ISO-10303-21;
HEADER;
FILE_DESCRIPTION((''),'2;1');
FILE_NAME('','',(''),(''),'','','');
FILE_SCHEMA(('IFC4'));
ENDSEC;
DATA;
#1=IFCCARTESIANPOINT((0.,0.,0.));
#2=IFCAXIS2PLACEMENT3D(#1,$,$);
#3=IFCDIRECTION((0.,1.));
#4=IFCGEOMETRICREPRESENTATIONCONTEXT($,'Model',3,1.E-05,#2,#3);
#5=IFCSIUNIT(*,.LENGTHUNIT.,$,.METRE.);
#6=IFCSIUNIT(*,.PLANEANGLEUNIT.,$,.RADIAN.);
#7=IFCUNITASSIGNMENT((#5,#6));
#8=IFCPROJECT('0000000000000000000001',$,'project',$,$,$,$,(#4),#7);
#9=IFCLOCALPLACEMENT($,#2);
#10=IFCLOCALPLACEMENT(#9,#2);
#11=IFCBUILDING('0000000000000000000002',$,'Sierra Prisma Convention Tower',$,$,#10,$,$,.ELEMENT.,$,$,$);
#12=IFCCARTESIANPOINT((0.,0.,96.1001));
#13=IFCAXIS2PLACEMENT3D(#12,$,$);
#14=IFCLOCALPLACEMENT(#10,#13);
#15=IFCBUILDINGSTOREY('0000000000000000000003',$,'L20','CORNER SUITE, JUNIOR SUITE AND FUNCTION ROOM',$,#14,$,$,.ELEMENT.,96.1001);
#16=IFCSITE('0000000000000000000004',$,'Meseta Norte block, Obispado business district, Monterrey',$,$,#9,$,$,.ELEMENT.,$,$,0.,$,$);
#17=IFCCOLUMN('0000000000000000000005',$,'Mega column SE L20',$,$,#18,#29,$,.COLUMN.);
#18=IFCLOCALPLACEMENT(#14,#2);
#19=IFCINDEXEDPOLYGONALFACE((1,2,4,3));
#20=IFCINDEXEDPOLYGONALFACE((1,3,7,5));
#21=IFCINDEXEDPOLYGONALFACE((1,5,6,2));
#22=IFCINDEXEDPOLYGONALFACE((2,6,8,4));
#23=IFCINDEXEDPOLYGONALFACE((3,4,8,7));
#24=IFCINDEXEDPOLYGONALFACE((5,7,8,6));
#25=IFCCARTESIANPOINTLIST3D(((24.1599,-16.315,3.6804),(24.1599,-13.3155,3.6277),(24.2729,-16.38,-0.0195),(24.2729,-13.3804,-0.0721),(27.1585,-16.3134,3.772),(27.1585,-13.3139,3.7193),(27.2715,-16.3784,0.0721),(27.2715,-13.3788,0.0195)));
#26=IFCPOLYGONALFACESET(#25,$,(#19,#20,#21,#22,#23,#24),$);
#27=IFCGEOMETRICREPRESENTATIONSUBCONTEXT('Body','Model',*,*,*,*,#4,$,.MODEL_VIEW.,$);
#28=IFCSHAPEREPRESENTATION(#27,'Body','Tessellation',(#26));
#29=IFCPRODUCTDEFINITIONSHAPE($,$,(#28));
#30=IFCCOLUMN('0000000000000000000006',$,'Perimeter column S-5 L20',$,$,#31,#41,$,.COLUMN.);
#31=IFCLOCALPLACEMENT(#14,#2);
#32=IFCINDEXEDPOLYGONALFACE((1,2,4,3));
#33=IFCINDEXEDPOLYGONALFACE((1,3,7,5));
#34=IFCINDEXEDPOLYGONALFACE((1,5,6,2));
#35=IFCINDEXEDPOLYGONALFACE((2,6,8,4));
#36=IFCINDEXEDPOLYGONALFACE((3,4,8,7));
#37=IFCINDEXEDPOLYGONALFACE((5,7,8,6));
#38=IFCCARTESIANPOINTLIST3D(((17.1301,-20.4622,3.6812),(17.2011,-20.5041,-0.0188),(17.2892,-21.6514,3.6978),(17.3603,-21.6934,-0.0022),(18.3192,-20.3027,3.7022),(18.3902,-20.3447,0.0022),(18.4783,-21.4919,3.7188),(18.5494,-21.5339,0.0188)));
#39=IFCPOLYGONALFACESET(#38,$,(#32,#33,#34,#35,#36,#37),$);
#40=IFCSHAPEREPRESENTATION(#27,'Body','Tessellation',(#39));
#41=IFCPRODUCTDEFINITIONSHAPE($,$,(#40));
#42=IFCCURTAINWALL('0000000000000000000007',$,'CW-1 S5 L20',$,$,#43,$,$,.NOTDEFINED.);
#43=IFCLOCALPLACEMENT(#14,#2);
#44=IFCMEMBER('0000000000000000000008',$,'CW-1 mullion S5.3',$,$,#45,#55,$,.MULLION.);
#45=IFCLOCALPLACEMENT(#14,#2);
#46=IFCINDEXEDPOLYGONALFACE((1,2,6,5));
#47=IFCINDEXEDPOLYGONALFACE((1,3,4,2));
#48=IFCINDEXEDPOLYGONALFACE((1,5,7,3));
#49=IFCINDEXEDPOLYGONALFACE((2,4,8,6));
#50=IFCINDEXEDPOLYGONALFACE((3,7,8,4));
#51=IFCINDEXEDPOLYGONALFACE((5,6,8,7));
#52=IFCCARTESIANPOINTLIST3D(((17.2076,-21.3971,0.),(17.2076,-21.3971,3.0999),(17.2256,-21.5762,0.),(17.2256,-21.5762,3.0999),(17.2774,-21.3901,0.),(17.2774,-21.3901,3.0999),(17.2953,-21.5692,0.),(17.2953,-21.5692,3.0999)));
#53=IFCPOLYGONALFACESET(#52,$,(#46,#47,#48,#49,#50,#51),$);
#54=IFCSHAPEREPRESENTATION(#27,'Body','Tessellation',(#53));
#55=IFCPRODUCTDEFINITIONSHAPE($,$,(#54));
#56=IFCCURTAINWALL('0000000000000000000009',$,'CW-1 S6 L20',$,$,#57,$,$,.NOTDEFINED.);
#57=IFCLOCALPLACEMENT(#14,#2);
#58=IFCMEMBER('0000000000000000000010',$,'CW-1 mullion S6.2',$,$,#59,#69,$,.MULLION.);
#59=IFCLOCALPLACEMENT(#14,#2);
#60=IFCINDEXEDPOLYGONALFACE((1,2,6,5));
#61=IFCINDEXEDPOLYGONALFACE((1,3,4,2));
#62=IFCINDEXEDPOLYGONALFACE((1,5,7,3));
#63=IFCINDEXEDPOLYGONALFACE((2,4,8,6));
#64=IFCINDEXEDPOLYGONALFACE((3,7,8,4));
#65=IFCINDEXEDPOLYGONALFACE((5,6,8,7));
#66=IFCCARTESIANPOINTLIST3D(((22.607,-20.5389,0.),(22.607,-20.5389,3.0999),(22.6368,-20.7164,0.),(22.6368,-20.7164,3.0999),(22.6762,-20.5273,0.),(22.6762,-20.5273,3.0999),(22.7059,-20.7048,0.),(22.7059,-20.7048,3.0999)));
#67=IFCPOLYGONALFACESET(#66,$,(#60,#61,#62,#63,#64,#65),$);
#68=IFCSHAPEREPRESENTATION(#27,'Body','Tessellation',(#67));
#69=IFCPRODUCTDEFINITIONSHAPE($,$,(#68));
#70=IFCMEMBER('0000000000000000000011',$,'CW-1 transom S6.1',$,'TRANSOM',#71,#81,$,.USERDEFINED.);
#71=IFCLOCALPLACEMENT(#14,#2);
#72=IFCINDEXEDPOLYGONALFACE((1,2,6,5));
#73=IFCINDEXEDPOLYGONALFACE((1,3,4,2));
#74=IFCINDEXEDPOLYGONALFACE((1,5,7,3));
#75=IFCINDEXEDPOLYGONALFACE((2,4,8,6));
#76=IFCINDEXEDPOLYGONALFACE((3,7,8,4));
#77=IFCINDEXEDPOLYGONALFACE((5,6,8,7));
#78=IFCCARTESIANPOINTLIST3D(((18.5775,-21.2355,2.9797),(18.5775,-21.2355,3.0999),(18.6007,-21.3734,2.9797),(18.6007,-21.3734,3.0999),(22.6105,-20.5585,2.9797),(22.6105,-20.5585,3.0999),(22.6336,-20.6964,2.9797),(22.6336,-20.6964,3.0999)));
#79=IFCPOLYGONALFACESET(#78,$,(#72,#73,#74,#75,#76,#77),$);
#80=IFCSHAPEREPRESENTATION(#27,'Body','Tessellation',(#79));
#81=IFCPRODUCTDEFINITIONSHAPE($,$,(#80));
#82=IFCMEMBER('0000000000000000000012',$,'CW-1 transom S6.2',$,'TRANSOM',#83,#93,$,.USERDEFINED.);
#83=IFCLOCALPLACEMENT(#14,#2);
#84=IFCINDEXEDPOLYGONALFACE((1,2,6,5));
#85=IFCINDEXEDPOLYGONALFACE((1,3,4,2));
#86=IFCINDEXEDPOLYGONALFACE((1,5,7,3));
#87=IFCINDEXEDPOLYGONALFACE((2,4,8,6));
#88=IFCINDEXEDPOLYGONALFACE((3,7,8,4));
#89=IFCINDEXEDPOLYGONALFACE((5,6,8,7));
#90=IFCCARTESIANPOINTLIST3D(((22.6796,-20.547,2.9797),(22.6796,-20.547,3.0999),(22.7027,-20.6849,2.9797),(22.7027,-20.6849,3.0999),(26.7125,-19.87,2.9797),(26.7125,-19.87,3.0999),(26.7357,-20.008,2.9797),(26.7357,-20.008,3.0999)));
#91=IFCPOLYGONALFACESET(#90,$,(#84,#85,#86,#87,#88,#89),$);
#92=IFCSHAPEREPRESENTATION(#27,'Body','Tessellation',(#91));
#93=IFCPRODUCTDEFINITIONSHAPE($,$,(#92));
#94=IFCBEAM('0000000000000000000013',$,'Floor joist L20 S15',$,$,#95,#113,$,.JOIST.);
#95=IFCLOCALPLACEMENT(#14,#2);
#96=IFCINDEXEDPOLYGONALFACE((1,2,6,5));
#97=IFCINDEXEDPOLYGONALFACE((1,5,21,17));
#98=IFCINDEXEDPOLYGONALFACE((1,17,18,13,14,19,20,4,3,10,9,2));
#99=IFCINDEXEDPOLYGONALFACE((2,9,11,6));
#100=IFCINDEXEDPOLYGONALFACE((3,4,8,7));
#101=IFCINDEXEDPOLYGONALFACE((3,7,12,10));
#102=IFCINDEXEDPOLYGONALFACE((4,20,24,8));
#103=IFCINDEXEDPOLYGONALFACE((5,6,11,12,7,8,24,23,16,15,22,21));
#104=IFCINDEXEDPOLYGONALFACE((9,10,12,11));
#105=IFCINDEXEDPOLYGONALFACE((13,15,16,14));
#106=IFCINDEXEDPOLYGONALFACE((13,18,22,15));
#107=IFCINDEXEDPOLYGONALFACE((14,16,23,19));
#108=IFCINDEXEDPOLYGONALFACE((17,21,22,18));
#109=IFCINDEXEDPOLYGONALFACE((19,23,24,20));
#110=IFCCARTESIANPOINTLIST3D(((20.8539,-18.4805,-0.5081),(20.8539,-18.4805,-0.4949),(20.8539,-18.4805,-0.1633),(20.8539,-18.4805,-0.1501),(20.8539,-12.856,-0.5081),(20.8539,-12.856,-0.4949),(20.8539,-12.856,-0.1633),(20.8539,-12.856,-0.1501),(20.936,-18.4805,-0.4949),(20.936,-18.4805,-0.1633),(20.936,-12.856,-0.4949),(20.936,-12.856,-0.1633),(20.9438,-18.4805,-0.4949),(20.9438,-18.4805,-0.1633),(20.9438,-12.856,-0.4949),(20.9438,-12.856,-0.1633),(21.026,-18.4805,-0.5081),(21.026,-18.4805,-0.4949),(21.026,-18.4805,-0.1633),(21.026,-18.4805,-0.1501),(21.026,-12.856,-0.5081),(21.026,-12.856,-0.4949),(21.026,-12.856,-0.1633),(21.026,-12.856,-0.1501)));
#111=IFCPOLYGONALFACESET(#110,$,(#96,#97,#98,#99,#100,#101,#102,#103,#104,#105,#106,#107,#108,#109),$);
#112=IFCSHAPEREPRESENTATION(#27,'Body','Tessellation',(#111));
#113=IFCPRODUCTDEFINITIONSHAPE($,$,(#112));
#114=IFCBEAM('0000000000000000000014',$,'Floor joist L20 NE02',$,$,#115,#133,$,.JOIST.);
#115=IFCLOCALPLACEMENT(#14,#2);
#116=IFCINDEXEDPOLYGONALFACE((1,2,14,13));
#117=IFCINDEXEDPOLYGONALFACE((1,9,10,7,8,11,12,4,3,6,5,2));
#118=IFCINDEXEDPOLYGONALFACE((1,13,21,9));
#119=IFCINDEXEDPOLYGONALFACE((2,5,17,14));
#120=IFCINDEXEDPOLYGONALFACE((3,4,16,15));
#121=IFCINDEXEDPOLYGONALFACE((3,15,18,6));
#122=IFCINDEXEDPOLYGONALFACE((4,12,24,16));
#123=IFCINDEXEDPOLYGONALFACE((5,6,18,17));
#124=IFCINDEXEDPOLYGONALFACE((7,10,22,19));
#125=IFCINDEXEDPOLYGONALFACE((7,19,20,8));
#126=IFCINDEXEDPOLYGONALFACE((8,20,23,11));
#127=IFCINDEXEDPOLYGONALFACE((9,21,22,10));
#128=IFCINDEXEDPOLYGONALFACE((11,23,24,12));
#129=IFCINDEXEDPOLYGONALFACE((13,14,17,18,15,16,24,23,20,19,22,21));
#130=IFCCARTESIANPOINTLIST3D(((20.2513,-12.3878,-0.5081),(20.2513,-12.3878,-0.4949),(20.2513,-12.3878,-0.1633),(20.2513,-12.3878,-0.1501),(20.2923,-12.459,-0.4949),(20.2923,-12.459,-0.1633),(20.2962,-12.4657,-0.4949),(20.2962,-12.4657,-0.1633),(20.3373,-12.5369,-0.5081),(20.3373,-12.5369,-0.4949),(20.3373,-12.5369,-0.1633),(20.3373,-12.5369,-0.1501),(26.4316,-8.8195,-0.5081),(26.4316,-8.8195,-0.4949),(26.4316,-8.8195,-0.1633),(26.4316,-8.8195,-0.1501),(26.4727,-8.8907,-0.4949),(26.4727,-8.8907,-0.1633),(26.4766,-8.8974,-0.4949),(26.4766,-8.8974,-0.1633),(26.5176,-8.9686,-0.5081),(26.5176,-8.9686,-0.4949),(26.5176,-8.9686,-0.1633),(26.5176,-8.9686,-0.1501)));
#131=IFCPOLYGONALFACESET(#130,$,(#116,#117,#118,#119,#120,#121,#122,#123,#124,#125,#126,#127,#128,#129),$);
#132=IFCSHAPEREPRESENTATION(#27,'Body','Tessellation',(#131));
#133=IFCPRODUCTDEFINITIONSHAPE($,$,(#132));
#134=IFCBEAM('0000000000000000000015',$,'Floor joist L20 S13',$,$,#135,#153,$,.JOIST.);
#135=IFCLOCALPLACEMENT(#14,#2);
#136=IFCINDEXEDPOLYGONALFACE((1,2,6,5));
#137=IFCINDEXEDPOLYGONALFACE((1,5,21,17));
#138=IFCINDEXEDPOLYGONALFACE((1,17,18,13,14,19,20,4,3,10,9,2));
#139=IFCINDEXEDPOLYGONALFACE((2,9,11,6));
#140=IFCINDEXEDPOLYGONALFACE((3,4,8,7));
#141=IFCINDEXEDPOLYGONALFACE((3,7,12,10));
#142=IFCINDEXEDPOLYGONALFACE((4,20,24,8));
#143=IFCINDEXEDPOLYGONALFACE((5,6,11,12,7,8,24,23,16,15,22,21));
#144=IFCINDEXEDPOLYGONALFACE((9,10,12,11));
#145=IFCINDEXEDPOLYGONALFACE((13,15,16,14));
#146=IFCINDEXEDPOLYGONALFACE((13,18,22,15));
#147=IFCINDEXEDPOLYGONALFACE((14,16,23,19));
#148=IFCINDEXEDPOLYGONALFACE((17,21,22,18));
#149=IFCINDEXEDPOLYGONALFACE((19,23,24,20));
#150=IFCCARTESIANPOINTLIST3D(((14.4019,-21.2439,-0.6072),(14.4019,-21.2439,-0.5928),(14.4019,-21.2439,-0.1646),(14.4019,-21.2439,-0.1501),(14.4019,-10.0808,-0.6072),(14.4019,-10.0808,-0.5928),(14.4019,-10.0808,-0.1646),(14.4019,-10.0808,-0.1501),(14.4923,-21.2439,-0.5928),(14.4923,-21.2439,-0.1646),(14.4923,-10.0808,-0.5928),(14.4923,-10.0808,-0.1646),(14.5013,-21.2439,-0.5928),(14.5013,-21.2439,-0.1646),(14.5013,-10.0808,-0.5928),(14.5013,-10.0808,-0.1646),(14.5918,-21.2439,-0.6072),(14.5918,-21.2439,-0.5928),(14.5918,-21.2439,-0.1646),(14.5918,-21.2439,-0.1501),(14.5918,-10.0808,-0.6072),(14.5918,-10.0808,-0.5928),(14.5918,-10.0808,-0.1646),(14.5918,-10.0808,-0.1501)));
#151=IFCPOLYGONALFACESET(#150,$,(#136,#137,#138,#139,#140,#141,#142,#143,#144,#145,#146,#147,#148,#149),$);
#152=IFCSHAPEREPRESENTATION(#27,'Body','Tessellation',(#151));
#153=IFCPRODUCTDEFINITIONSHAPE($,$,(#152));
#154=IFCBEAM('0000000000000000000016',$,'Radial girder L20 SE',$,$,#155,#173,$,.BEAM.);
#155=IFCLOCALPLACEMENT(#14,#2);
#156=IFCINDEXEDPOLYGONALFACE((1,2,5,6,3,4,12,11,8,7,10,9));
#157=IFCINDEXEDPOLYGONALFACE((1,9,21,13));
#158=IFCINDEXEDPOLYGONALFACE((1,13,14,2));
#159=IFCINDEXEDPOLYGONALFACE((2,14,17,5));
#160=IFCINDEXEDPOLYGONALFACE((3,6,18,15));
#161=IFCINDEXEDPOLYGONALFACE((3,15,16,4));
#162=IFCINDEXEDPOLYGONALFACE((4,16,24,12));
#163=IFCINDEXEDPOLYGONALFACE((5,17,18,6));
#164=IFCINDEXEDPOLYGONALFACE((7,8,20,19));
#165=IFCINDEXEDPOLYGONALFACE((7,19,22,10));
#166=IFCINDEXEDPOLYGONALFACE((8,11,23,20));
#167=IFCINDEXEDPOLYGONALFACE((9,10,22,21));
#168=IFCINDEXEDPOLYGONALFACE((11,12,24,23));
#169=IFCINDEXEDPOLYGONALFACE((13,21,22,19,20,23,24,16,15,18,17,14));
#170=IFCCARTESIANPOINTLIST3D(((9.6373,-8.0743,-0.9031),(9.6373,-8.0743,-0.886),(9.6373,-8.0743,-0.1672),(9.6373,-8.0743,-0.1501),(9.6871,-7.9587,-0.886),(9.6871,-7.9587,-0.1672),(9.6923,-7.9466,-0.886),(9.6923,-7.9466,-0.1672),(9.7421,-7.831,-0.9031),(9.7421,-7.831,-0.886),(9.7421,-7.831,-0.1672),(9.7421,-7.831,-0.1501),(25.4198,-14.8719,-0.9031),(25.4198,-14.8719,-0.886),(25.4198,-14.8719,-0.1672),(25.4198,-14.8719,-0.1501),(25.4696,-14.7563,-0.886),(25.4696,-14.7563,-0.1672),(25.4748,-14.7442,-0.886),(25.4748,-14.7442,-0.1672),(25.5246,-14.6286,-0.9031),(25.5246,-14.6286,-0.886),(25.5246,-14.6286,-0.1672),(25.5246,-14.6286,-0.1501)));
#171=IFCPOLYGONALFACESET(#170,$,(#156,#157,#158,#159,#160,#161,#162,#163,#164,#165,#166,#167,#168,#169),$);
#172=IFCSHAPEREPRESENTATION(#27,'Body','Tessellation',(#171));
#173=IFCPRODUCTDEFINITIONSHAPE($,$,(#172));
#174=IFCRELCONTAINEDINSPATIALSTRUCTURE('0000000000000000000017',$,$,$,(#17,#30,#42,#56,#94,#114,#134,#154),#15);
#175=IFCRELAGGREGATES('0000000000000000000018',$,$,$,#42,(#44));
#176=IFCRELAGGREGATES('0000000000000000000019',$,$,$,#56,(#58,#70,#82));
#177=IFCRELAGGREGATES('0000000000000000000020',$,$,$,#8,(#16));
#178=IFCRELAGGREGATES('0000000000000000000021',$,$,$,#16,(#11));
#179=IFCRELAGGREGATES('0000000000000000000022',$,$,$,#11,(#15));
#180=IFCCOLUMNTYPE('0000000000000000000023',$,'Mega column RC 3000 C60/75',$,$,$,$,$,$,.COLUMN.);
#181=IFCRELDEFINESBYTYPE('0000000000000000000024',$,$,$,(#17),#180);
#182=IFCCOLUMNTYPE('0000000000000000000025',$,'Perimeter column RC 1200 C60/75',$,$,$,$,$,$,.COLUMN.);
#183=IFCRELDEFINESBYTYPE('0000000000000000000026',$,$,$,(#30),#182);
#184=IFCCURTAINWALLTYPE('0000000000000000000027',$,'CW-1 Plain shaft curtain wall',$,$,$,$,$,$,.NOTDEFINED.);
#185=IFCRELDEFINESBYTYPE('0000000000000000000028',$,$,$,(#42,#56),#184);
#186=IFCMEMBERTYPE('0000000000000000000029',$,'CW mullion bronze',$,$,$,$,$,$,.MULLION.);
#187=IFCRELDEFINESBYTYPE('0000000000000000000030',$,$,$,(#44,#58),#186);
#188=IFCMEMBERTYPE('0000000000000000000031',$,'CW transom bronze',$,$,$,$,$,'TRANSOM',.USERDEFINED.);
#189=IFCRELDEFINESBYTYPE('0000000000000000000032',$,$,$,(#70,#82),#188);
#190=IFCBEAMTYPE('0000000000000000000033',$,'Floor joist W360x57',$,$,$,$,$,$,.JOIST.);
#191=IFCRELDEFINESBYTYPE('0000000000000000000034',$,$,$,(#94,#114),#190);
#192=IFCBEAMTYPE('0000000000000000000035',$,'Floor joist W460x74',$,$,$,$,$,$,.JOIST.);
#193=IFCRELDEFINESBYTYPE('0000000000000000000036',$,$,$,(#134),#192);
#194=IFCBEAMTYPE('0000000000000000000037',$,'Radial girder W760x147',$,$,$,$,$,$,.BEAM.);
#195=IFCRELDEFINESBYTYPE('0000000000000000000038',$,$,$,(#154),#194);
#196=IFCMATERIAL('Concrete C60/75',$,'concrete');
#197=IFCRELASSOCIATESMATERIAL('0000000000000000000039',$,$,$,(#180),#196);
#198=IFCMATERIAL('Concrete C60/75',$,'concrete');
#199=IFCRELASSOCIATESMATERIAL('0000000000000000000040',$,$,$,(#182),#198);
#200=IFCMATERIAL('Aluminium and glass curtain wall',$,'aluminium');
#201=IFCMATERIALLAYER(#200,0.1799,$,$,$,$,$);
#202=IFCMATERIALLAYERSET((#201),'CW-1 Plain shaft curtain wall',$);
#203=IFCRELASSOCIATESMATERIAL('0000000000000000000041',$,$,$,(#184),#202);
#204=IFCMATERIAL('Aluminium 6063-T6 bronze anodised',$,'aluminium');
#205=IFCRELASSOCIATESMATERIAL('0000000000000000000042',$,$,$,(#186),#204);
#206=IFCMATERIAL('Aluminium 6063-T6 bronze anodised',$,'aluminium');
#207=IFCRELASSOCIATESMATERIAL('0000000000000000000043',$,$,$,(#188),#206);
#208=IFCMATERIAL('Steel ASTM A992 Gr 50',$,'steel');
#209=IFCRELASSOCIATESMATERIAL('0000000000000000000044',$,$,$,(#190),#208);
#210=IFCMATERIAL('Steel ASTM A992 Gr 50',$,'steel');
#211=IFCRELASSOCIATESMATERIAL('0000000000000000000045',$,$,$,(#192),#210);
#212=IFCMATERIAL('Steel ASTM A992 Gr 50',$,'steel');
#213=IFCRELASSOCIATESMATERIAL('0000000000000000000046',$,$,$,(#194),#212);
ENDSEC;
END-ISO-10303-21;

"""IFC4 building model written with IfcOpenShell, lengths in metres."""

from ifc_helpers import new_model, si_unit, direction, frame, origin, origin_2d, place, context, subcontext, project, spatial, rectangle, i_section, extrude, material, layer, layer_set, material_profile, profile_set, type_object, element, aggregate, save


model = new_model("IFC4")

# Units and contexts
model_context = context("Model", 3, precision=1e-05, world=origin(), true_north=direction((0.0, 1.0)))
body_context = subcontext(model_context, "Body", "Model", "MODEL_VIEW")
ifc_project = project(units=[si_unit("LENGTHUNIT", "METRE"), si_unit("PLANEANGLEUNIT", "RADIAN")], contexts=[model_context])

# Site, building, storey
site_placement = place(None, origin())
site = spatial("IfcSite", under=ifc_project, at=site_placement, Name="Meseta Norte block, Obispado business district, Monterrey", CompositionType="ELEMENT", RefElevation=0.0)
building_placement = place(site_placement, origin())
building = spatial("IfcBuilding", under=site, at=building_placement, Name="Sierra Prisma Convention Tower", CompositionType="ELEMENT")
storey_placement = place(building_placement, frame((0.0, 0.0, 96.1001)))
storey = spatial("IfcBuildingStorey", under=building, at=storey_placement, Name="L20", Description="CORNER SUITE, JUNIOR SUITE AND FUNCTION ROOM", CompositionType="ELEMENT", Elevation=96.1001)

# Columns
ifc_material_1 = material(Name="Concrete C60/75", Category="concrete")
ifc_material_profile_1 = material_profile(ifc_material_1, rectangle(XDim=3.0, YDim=3.0, at=origin_2d()), Name="Mega column RC 3000 C60/75")
ifc_profile_set_1 = profile_set([ifc_material_profile_1], Name="Concrete C60/75")
column_type_1 = type_object("IfcColumnType", Name="Mega column RC 3000 C60/75", PredefinedType="COLUMN", material=ifc_profile_set_1)
column_1_placement = place(storey_placement, frame((25.7722, -14.8794, 0.0), z_axis=(-0.030532, 0.017541, 0.99938), x_axis=(0.999534, 0.000536, 0.030527)))
element("IfcColumn", 1, at=column_1_placement, inside=storey, type_object=column_type_1, Name="Mega column SE L20", PredefinedType="COLUMN", context=body_context, shape_type="SweptSolid", body=[
    extrude(rectangle(XDim=3.0, YDim=3.0, at=origin_2d()), origin(), (0.0, 0.0, 1.0), 3.7021),
])
ifc_material_2 = material(Name="Concrete C60/75", Category="concrete")
ifc_material_profile_2 = material_profile(ifc_material_2, rectangle(XDim=1.2, YDim=1.2, at=origin_2d()), Name="Perimeter column RC 1200 C60/75")
ifc_profile_set_2 = profile_set([ifc_material_profile_2], Name="Concrete C60/75")
column_type_2 = type_object("IfcColumnType", Name="Perimeter column RC 1200 C60/75", PredefinedType="COLUMN", material=ifc_profile_set_2)
column_2_placement = place(storey_placement, frame((17.8752, -21.019, 0.0), z_axis=(-0.019197, 0.011347, 0.999751), x_axis=(0.990978, 0.132874, 0.01752)))
element("IfcColumn", 2, at=column_2_placement, inside=storey, type_object=column_type_2, Name="Perimeter column S-5 L20", PredefinedType="COLUMN", context=body_context, shape_type="SweptSolid", body=[
    extrude(rectangle(XDim=1.2, YDim=1.2, at=origin_2d()), origin(), (0.0, 0.0, 1.0), 3.7009),
])

# Curtain wall, member
ifc_material_3 = material(Name="Aluminium and glass curtain wall", Category="aluminium")
ifc_layer_1 = layer(ifc_material_3, 0.1799)
ifc_layer_set_1 = layer_set([ifc_layer_1], Name="CW-1 Plain shaft curtain wall")
curtain_wall_type = type_object("IfcCurtainWallType", Name="CW-1 Plain shaft curtain wall", PredefinedType="NOTDEFINED", material=ifc_layer_set_1)
curtain_wall_1_placement = place(storey_placement, origin())
curtain_wall_1 = element("IfcCurtainWall", 3, at=curtain_wall_1_placement, inside=storey, type_object=curtain_wall_type, Name="CW-1 S5 L20", PredefinedType="NOTDEFINED")
ifc_material_4 = material(Name="Aluminium 6063-T6 bronze anodised", Category="aluminium")
ifc_material_profile_3 = material_profile(ifc_material_4, rectangle(XDim=0.1799, YDim=0.0701, at=origin_2d()), Name="ALU MULLION 70x180")
ifc_profile_set_3 = profile_set([ifc_material_profile_3], Name="Aluminium 6063-T6 bronze anodised")
member_type_1 = type_object("IfcMemberType", Name="CW mullion bronze", PredefinedType="MULLION", material=ifc_profile_set_3)
member_1_placement = place(storey_placement, frame((17.2515, -21.4832, 0.0), z_axis=(0.0, 0.0, 1.0), x_axis=(-0.099629, 0.995025, 0.0)))
member_1 = element("IfcMember", 4, at=member_1_placement, type_object=member_type_1, Name="CW-1 mullion S5.3", PredefinedType="MULLION", context=body_context, shape_type="SweptSolid", body=[
    extrude(rectangle(XDim=0.1799, YDim=0.0701, at=origin_2d()), origin(), (0.0, 0.0, 1.0), 3.0999),
])

# Curtain wall, members
curtain_wall_2_placement = place(storey_placement, origin())
curtain_wall_2 = element("IfcCurtainWall", 5, at=curtain_wall_2_placement, inside=storey, type_object=curtain_wall_type, Name="CW-1 S6 L20", PredefinedType="NOTDEFINED")
member_2_placement = place(storey_placement, frame((22.6565, -20.6218, 0.0), z_axis=(0.0, 0.0, 1.0), x_axis=(-0.165558, 0.9862, 0.0)))
member_2 = element("IfcMember", 6, at=member_2_placement, type_object=member_type_1, Name="CW-1 mullion S6.2", PredefinedType="MULLION", context=body_context, shape_type="SweptSolid", body=[
    extrude(rectangle(XDim=0.1799, YDim=0.0701, at=origin_2d()), origin(), (0.0, 0.0, 1.0), 3.0999),
])
ifc_material_5 = material(Name="Aluminium 6063-T6 bronze anodised", Category="aluminium")
ifc_material_profile_4 = material_profile(ifc_material_5, rectangle(XDim=0.1399, YDim=0.1201, at=origin_2d()), Name="ALU TRANSOM 120x140")
ifc_profile_set_4 = profile_set([ifc_material_profile_4], Name="Aluminium 6063-T6 bronze anodised")
member_type_2 = type_object("IfcMemberType", Name="CW transom bronze", ElementType="TRANSOM", PredefinedType="USERDEFINED", material=ifc_profile_set_4)
member_3_placement = place(storey_placement, frame((18.5891, -21.3044, 3.0398), z_axis=(0.986201, 0.165551, 0.0), x_axis=(-0.165551, 0.986201, 0.0)))
member_3 = element("IfcMember", 7, at=member_3_placement, type_object=member_type_2, Name="CW-1 transom S6.1", ObjectType="TRANSOM", PredefinedType="USERDEFINED", context=body_context, shape_type="SweptSolid", body=[
    extrude(rectangle(XDim=0.1399, YDim=0.1201, at=origin_2d()), origin(), (0.0, 0.0, 1.0), 4.0894),
])
member_4_placement = place(storey_placement, frame((22.6912, -20.616, 3.0398), z_axis=(0.986201, 0.165551, 0.0), x_axis=(-0.165551, 0.986201, 0.0)))
member_4 = element("IfcMember", 8, at=member_4_placement, type_object=member_type_2, Name="CW-1 transom S6.2", ObjectType="TRANSOM", PredefinedType="USERDEFINED", context=body_context, shape_type="SweptSolid", body=[
    extrude(rectangle(XDim=0.1399, YDim=0.1201, at=origin_2d()), origin(), (0.0, 0.0, 1.0), 4.0894),
])

# Beams
ifc_material_6 = material(Name="Steel ASTM A992 Gr 50", Category="steel")
ifc_material_profile_5 = material_profile(ifc_material_6, i_section(OverallWidth=0.1721, OverallDepth=0.3579, WebThickness=0.0078, FlangeThickness=0.0132, at=origin_2d()), Name="W360x57")
ifc_profile_set_5 = profile_set([ifc_material_profile_5], Name="Steel ASTM A992 Gr 50")
beam_type_1 = type_object("IfcBeamType", Name="Floor joist W360x57", PredefinedType="JOIST", material=ifc_profile_set_5)
beam_1_placement = place(storey_placement, frame((20.9399, -18.4805, -0.3291), z_axis=(0.0, 1.0, 0.0), x_axis=(-1.0, 0.0, 0.0)))
element("IfcBeam", 9, at=beam_1_placement, inside=storey, type_object=beam_type_1, Name="Floor joist L20 S15", PredefinedType="JOIST", context=body_context, shape_type="SweptSolid", body=[
    extrude(i_section(OverallWidth=0.1721, OverallDepth=0.3579, WebThickness=0.0078, FlangeThickness=0.0132, at=origin_2d()), origin(), (0.0, 0.0, 1.0), 5.6245),
])
beam_2_placement = place(storey_placement, frame((26.4746, -8.894, -0.3291), z_axis=(-0.86602, -0.50001, 0.0), x_axis=(0.50001, -0.86602, 0.0)))
element("IfcBeam", 10, at=beam_2_placement, inside=storey, type_object=beam_type_1, Name="Floor joist L20 NE02", PredefinedType="JOIST", context=body_context, shape_type="SweptSolid", body=[
    extrude(i_section(OverallWidth=0.1721, OverallDepth=0.3579, WebThickness=0.0078, FlangeThickness=0.0132, at=origin_2d()), origin(), (0.0, 0.0, 1.0), 7.1365),
])
ifc_material_7 = material(Name="Steel ASTM A992 Gr 50", Category="steel")
ifc_material_profile_6 = material_profile(ifc_material_7, i_section(OverallWidth=0.1899, OverallDepth=0.457, WebThickness=0.009, FlangeThickness=0.0144, at=origin_2d()), Name="W460x74")
ifc_profile_set_6 = profile_set([ifc_material_profile_6], Name="Steel ASTM A992 Gr 50")
beam_type_2 = type_object("IfcBeamType", Name="Floor joist W460x74", PredefinedType="JOIST", material=ifc_profile_set_6)
beam_3_placement = place(storey_placement, frame((14.4968, -21.2439, -0.3787), z_axis=(0.0, 1.0, 0.0), x_axis=(-1.0, 0.0, 0.0)))
element("IfcBeam", 11, at=beam_3_placement, inside=storey, type_object=beam_type_2, Name="Floor joist L20 S13", PredefinedType="JOIST", context=body_context, shape_type="SweptSolid", body=[
    extrude(i_section(OverallWidth=0.1899, OverallDepth=0.457, WebThickness=0.009, FlangeThickness=0.0144, at=origin_2d()), origin(), (0.0, 0.0, 1.0), 11.1631),
])
ifc_material_8 = material(Name="Steel ASTM A992 Gr 50", Category="steel")
ifc_material_profile_7 = material_profile(ifc_material_8, i_section(OverallWidth=0.2649, OverallDepth=0.7529, WebThickness=0.0132, FlangeThickness=0.0171, at=origin_2d()), Name="W760x147")
ifc_profile_set_7 = profile_set([ifc_material_profile_7], Name="Steel ASTM A992 Gr 50")
beam_type_3 = type_object("IfcBeamType", Name="Radial girder W760x147", PredefinedType="BEAM", material=ifc_profile_set_7)
beam_4_placement = place(storey_placement, frame((25.4722, -14.7502, -0.5266), z_axis=(-0.918434, 0.395575, 0.0), x_axis=(-0.395575, -0.918434, 0.0)))
element("IfcBeam", 12, at=beam_4_placement, inside=storey, type_object=beam_type_3, Name="Radial girder L20 SE", PredefinedType="BEAM", context=body_context, shape_type="SweptSolid", body=[
    extrude(i_section(OverallWidth=0.2649, OverallDepth=0.7529, WebThickness=0.0132, FlangeThickness=0.0171, at=origin_2d()), origin(), (0.0, 0.0, 1.0), 17.1841),
])

aggregate(curtain_wall_1, [member_1])
aggregate(curtain_wall_2, [member_2, member_3, member_4])

save(model, "model.ifc")
